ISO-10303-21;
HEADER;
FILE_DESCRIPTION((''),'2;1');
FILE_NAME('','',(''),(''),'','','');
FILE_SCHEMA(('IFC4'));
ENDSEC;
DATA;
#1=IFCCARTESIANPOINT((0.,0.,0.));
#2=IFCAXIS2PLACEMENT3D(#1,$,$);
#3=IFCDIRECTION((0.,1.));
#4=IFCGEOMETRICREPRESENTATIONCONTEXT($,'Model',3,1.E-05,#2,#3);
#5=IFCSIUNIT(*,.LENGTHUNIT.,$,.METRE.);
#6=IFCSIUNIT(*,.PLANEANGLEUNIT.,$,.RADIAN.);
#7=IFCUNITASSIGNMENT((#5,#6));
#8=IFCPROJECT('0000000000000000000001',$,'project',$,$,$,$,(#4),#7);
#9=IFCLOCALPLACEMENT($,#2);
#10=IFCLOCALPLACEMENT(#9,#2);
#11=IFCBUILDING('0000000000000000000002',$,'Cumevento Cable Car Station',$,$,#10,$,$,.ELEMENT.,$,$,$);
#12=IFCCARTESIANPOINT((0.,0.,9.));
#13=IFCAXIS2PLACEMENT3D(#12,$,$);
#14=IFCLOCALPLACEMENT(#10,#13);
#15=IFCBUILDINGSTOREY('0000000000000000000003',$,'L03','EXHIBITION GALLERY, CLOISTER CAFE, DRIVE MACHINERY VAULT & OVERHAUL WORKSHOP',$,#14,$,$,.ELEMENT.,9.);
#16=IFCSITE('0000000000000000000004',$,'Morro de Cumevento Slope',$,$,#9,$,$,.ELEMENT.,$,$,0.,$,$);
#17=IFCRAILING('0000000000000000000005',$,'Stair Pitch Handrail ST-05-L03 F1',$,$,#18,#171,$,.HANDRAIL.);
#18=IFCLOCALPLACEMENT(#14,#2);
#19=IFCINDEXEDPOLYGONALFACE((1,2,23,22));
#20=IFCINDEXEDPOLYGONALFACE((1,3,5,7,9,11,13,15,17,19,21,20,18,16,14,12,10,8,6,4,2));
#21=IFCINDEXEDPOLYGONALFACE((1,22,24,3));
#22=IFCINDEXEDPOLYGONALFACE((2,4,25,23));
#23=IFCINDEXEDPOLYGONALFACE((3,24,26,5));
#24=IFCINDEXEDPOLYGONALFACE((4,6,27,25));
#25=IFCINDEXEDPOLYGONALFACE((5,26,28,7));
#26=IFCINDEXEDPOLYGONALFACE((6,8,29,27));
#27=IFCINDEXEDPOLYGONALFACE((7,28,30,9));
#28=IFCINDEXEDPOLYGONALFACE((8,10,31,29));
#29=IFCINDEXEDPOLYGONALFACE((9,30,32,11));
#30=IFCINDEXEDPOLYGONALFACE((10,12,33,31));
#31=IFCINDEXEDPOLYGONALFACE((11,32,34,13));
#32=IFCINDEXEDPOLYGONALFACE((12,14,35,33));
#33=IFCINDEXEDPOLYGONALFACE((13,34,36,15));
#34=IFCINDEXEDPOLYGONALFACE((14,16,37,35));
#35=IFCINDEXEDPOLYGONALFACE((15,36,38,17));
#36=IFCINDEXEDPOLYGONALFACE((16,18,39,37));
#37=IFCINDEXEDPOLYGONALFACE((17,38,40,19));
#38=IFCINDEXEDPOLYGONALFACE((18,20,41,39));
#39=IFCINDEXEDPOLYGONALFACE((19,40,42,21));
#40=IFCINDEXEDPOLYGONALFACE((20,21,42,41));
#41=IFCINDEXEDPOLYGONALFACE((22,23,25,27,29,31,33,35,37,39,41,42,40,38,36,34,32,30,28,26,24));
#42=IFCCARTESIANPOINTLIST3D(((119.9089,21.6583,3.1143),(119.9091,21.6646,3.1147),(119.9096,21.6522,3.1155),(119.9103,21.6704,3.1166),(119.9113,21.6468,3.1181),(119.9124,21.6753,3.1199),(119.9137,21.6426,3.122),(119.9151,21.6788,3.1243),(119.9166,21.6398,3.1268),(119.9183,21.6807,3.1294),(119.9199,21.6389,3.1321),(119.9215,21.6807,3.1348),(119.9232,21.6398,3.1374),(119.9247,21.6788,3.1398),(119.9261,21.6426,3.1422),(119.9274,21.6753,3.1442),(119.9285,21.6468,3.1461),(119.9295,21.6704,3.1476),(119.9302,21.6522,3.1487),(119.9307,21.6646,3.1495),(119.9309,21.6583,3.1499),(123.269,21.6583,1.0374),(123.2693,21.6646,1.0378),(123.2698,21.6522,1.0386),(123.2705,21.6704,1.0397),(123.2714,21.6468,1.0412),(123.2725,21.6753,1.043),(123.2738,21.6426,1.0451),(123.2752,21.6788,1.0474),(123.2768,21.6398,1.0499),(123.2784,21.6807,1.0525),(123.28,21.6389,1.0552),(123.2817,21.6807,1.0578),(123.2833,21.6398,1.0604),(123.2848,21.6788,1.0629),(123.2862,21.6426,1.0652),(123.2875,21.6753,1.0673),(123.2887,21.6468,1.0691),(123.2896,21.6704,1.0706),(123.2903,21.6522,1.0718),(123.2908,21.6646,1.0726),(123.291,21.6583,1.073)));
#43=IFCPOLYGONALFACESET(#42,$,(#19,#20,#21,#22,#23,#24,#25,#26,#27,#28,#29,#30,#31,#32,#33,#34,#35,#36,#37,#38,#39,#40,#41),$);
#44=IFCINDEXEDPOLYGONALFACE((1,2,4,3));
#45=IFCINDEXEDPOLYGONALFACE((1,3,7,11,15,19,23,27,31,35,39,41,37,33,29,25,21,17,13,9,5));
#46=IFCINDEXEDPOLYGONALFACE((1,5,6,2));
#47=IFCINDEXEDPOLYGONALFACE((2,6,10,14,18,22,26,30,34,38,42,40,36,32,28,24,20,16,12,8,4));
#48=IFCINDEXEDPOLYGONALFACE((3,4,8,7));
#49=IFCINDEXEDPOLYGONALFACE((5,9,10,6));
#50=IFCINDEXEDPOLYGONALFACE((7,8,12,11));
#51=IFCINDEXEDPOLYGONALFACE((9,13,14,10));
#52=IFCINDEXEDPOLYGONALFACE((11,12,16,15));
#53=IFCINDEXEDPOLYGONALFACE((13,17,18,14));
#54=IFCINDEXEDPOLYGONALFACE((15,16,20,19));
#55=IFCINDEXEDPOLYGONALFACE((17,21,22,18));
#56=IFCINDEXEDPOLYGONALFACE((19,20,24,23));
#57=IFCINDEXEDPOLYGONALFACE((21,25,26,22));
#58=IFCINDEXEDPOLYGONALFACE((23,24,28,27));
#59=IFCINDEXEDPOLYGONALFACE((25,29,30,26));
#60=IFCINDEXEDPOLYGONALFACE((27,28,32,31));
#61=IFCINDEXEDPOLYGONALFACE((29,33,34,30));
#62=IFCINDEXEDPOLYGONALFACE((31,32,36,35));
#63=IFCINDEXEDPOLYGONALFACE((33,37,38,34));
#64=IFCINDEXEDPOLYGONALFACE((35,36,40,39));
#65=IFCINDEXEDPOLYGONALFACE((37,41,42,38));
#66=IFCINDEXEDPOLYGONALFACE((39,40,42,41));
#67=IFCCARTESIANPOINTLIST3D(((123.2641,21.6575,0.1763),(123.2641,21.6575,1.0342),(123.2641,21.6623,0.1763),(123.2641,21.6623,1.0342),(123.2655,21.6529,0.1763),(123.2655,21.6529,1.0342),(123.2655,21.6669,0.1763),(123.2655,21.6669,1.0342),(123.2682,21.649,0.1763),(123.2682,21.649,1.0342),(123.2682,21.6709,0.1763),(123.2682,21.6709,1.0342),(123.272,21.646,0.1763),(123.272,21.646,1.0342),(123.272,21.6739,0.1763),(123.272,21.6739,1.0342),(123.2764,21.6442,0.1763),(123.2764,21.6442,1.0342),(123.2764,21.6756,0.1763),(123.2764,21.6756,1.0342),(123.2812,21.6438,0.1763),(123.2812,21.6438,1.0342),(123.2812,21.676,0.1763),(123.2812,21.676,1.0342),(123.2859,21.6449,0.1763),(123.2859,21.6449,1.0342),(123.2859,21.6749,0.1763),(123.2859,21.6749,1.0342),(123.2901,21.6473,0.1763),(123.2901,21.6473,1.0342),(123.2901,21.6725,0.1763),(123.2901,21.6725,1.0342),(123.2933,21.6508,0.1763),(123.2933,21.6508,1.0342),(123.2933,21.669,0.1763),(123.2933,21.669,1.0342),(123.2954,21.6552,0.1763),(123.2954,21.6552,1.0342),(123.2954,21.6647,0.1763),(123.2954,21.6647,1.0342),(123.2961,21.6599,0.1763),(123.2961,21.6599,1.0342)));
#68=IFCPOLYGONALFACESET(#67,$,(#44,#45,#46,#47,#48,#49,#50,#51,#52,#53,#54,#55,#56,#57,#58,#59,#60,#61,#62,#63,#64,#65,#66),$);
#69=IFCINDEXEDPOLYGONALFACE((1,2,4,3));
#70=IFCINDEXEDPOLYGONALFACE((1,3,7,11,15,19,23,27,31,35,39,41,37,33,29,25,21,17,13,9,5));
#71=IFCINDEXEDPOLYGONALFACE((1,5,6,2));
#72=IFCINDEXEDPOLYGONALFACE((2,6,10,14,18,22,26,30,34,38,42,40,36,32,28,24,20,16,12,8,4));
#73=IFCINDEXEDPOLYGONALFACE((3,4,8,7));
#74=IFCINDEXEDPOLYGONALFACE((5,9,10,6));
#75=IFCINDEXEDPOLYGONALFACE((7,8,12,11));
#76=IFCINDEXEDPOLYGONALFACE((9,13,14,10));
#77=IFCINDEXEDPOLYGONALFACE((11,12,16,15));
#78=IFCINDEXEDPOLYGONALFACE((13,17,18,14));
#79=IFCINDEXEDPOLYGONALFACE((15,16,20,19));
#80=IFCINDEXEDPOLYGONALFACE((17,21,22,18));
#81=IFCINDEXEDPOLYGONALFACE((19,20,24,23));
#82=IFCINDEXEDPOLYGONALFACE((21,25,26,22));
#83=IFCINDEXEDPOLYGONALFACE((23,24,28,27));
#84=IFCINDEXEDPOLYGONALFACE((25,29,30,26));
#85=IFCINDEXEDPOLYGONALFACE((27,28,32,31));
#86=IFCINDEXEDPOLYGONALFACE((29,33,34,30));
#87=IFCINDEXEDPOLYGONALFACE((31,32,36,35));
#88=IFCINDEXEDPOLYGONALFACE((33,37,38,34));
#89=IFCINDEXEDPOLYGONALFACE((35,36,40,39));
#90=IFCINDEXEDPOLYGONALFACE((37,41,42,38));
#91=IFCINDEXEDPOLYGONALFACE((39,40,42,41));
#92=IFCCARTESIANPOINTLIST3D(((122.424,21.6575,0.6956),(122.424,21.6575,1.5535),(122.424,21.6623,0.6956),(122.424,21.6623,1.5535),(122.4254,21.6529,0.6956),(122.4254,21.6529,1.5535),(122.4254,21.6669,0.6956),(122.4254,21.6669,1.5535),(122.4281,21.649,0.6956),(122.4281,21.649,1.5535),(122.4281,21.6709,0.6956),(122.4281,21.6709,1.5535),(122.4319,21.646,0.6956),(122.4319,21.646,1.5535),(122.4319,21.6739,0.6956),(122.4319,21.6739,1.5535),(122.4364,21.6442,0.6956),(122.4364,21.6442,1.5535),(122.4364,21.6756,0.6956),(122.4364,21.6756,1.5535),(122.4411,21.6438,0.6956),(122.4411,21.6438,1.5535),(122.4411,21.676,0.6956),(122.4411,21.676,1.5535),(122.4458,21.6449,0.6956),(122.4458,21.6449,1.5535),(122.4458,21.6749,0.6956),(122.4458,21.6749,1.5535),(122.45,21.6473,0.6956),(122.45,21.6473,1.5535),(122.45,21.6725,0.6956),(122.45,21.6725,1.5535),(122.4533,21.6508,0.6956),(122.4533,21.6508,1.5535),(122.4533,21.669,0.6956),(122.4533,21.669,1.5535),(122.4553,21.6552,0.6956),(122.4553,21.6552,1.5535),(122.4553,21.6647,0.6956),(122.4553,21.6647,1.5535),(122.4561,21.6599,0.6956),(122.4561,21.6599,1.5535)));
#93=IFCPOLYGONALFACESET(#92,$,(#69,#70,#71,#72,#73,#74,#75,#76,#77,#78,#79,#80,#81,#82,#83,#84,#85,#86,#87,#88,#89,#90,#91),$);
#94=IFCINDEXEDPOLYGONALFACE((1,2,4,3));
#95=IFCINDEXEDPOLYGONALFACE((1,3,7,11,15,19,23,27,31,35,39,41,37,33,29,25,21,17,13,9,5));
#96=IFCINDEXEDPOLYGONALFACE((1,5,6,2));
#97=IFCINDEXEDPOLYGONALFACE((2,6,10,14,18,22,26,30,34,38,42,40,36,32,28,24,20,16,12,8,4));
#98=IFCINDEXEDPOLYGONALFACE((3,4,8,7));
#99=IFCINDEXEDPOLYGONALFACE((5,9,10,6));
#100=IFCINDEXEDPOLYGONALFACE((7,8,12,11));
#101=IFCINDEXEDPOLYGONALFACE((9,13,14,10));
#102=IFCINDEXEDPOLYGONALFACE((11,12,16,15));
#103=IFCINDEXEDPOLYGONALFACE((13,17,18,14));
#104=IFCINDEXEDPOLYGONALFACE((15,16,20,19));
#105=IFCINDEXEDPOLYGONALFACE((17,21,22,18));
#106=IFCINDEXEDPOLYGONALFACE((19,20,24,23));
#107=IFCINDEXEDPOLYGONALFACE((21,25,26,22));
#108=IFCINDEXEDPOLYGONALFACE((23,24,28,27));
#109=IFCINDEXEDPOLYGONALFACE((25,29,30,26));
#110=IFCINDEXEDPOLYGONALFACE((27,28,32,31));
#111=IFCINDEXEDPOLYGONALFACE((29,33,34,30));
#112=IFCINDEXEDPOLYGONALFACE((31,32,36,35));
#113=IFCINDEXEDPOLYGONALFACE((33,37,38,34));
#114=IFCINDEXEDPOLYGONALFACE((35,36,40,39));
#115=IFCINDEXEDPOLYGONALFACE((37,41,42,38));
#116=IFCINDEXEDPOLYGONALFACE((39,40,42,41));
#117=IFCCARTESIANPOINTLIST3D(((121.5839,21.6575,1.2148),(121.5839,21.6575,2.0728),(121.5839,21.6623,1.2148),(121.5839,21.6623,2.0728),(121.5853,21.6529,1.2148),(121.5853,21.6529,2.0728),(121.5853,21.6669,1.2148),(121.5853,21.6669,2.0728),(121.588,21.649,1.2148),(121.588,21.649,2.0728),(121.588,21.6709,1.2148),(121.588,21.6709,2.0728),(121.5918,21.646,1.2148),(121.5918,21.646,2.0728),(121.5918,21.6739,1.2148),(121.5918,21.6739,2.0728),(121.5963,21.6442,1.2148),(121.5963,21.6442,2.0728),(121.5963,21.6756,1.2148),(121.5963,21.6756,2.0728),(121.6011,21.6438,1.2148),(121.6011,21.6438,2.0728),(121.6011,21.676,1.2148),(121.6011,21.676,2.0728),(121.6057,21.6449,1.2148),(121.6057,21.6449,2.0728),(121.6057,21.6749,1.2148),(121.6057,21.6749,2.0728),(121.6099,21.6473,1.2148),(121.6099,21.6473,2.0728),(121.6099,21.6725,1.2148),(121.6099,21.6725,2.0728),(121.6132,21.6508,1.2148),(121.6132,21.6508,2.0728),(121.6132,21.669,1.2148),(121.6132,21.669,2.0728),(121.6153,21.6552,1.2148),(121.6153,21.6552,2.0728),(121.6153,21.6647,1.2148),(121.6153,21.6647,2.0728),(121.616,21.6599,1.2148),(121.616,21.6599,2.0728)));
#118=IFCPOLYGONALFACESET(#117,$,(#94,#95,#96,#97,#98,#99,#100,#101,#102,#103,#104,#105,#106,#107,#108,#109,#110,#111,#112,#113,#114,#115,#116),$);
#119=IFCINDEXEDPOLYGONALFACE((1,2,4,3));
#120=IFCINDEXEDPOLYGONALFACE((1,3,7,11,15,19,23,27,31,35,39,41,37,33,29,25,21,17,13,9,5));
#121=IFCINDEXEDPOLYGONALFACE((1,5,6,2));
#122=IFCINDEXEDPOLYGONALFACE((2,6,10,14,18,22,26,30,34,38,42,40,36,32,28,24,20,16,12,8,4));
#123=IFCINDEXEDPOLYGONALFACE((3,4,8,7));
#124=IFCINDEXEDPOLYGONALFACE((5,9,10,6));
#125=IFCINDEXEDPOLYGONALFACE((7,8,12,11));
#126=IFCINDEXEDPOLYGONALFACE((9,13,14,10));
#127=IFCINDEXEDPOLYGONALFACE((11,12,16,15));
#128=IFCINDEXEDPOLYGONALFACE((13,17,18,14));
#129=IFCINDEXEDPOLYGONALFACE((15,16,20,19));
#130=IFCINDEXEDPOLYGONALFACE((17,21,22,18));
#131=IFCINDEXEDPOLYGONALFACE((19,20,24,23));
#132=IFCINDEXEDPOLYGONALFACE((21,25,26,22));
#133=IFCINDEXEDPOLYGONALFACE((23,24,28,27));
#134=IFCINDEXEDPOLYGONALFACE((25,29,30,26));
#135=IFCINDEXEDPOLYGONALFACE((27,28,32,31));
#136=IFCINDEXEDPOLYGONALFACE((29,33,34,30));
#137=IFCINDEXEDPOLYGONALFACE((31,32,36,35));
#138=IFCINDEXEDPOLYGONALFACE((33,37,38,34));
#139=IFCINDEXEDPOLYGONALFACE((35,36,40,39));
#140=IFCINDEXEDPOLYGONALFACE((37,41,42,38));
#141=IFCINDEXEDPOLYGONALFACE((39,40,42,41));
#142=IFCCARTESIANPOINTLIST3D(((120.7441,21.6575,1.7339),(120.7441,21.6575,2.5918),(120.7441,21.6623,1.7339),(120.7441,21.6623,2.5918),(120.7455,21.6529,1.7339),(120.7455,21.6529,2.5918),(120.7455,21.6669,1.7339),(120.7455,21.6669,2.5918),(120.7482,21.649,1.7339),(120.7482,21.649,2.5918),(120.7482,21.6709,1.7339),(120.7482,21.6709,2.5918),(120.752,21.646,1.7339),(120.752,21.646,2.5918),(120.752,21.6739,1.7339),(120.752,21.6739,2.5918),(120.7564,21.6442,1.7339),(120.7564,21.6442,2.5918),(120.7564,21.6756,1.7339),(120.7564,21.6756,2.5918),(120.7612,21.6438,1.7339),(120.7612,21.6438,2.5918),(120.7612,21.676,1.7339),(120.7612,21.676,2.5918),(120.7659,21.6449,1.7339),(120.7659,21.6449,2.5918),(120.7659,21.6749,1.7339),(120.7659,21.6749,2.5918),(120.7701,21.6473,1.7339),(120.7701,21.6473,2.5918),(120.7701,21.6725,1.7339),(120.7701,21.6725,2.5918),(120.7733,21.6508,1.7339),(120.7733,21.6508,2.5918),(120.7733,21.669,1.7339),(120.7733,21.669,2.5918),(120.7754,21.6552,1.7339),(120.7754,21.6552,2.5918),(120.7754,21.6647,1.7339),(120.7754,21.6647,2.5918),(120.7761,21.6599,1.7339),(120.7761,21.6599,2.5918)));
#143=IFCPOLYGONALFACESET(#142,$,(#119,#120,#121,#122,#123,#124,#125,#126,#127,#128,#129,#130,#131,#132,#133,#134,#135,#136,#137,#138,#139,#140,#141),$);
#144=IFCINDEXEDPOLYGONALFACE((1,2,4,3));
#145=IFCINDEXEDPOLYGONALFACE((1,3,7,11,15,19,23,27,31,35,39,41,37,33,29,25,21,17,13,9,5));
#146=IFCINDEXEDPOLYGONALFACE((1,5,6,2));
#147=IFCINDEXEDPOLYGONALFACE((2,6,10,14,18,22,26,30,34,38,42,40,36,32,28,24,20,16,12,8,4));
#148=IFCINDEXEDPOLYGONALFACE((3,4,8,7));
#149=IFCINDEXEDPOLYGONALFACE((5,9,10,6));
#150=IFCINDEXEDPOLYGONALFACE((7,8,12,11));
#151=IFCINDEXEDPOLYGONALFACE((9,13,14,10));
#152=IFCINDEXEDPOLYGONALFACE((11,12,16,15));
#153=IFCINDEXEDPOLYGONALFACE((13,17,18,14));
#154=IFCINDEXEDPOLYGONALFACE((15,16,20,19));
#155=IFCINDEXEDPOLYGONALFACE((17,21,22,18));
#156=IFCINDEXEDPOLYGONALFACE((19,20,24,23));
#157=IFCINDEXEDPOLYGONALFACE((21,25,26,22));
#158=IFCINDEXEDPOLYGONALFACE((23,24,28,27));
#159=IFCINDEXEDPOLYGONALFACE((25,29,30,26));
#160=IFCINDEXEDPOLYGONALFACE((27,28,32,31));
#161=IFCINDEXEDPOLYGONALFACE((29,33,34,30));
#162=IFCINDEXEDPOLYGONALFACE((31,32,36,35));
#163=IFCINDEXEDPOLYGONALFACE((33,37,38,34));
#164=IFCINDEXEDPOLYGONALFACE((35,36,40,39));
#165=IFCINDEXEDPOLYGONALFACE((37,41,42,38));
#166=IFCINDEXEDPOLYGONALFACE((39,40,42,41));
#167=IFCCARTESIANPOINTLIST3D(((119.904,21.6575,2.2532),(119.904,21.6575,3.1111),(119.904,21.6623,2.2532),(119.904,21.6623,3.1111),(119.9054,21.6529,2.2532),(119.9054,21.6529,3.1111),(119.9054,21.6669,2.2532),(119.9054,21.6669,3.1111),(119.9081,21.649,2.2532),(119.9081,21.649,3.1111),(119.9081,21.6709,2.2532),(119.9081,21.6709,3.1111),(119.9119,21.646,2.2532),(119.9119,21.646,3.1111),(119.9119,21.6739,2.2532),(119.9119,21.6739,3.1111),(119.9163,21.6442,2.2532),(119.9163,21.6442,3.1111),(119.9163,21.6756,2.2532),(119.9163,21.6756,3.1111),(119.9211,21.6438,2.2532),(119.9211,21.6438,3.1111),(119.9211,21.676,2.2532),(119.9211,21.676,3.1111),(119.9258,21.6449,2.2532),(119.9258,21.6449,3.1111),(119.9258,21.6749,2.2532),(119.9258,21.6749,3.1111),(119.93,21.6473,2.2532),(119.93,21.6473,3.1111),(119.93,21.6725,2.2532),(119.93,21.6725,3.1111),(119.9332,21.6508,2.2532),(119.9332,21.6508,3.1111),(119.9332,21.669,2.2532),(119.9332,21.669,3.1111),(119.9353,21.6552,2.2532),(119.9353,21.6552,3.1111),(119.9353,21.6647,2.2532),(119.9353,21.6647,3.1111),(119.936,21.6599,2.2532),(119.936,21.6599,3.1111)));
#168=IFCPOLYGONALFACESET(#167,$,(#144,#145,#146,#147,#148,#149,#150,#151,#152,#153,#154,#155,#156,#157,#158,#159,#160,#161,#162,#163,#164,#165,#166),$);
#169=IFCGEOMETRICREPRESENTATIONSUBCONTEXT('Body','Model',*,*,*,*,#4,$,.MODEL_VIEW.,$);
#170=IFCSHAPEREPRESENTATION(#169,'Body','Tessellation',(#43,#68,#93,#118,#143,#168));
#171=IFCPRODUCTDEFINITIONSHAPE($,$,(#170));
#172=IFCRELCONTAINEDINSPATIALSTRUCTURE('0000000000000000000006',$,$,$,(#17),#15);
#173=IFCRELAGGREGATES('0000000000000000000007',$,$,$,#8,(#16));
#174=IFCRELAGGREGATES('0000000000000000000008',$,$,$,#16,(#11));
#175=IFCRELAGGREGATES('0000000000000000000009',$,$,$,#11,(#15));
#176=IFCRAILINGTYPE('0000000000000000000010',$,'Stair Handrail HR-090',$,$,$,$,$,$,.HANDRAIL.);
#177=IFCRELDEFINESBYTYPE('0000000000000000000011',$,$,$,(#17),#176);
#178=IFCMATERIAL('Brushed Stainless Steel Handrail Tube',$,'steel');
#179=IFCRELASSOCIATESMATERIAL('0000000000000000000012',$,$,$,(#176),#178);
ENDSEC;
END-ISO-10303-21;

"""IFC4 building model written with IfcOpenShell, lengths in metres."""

from ifc_helpers import new_model, si_unit, direction, frame, origin, origin_2d, place, context, subcontext, project, spatial, circle, extrude, material, type_object, element, save


model = new_model("IFC4")

# Units and contexts
model_context = context("Model", 3, precision=1e-05, world=origin(), true_north=direction((0.0, 1.0)))
body_context = subcontext(model_context, "Body", "Model", "MODEL_VIEW")
ifc_project = project(units=[si_unit("LENGTHUNIT", "METRE"), si_unit("PLANEANGLEUNIT", "RADIAN")], contexts=[model_context])

# Site, building, storey
site_placement = place(None, origin())
site = spatial("IfcSite", under=ifc_project, at=site_placement, Name="Morro de Cumevento Slope", CompositionType="ELEMENT", RefElevation=0.0)
building_placement = place(site_placement, origin())
building = spatial("IfcBuilding", under=site, at=building_placement, Name="Cumevento Cable Car Station", CompositionType="ELEMENT")
storey_placement = place(building_placement, frame((0.0, 0.0, 9.0)))
storey = spatial("IfcBuildingStorey", under=building, at=storey_placement, Name="L03", Description="EXHIBITION GALLERY, CLOISTER CAFE, DRIVE MACHINERY VAULT & OVERHAUL WORKSHOP", CompositionType="ELEMENT", Elevation=9.0)

# Railing
ifc_material_1 = material(Name="Brushed Stainless Steel Handrail Tube", Category="steel")
railing_type_1 = type_object("IfcRailingType", Name="Stair Handrail HR-090", PredefinedType="HANDRAIL", material=ifc_material_1)
railing_1_placement = place(storey_placement, frame((123.28, 21.6599, 0.1763)))
element("IfcRailing", 1, at=railing_1_placement, inside=storey, type_object=railing_type_1, Name="Stair Pitch Handrail ST-05-L03 F1", PredefinedType="HANDRAIL", context=body_context, shape_type="SweptSolid", body=[
    extrude(circle(Radius=0.021, at=origin_2d()), frame((0.0, 0.0, 0.8789), z_axis=(-0.850623, 0.0, 0.525776), x_axis=(0.0, -1.0, 0.0)), (0.0, 0.0, 1.0), 3.9502),
    extrude(circle(Radius=0.0161, at=origin_2d()), origin(), (0.0, 0.0, 1.0), 0.8579),
    extrude(circle(Radius=0.0161, at=origin_2d()), frame((-0.8401, 0.0, 0.5193)), (0.0, 0.0, 1.0), 0.8579),
    extrude(circle(Radius=0.0161, at=origin_2d()), frame((-1.6802, 0.0, 1.0386)), (0.0, 0.0, 1.0), 0.8579),
    extrude(circle(Radius=0.0161, at=origin_2d()), frame((-2.52, 0.0, 1.5576)), (0.0, 0.0, 1.0), 0.8579),
    extrude(circle(Radius=0.0161, at=origin_2d()), frame((-3.3601, 0.0, 2.0769)), (0.0, 0.0, 1.0), 0.8579),
])

save(model, "model.ifc")
